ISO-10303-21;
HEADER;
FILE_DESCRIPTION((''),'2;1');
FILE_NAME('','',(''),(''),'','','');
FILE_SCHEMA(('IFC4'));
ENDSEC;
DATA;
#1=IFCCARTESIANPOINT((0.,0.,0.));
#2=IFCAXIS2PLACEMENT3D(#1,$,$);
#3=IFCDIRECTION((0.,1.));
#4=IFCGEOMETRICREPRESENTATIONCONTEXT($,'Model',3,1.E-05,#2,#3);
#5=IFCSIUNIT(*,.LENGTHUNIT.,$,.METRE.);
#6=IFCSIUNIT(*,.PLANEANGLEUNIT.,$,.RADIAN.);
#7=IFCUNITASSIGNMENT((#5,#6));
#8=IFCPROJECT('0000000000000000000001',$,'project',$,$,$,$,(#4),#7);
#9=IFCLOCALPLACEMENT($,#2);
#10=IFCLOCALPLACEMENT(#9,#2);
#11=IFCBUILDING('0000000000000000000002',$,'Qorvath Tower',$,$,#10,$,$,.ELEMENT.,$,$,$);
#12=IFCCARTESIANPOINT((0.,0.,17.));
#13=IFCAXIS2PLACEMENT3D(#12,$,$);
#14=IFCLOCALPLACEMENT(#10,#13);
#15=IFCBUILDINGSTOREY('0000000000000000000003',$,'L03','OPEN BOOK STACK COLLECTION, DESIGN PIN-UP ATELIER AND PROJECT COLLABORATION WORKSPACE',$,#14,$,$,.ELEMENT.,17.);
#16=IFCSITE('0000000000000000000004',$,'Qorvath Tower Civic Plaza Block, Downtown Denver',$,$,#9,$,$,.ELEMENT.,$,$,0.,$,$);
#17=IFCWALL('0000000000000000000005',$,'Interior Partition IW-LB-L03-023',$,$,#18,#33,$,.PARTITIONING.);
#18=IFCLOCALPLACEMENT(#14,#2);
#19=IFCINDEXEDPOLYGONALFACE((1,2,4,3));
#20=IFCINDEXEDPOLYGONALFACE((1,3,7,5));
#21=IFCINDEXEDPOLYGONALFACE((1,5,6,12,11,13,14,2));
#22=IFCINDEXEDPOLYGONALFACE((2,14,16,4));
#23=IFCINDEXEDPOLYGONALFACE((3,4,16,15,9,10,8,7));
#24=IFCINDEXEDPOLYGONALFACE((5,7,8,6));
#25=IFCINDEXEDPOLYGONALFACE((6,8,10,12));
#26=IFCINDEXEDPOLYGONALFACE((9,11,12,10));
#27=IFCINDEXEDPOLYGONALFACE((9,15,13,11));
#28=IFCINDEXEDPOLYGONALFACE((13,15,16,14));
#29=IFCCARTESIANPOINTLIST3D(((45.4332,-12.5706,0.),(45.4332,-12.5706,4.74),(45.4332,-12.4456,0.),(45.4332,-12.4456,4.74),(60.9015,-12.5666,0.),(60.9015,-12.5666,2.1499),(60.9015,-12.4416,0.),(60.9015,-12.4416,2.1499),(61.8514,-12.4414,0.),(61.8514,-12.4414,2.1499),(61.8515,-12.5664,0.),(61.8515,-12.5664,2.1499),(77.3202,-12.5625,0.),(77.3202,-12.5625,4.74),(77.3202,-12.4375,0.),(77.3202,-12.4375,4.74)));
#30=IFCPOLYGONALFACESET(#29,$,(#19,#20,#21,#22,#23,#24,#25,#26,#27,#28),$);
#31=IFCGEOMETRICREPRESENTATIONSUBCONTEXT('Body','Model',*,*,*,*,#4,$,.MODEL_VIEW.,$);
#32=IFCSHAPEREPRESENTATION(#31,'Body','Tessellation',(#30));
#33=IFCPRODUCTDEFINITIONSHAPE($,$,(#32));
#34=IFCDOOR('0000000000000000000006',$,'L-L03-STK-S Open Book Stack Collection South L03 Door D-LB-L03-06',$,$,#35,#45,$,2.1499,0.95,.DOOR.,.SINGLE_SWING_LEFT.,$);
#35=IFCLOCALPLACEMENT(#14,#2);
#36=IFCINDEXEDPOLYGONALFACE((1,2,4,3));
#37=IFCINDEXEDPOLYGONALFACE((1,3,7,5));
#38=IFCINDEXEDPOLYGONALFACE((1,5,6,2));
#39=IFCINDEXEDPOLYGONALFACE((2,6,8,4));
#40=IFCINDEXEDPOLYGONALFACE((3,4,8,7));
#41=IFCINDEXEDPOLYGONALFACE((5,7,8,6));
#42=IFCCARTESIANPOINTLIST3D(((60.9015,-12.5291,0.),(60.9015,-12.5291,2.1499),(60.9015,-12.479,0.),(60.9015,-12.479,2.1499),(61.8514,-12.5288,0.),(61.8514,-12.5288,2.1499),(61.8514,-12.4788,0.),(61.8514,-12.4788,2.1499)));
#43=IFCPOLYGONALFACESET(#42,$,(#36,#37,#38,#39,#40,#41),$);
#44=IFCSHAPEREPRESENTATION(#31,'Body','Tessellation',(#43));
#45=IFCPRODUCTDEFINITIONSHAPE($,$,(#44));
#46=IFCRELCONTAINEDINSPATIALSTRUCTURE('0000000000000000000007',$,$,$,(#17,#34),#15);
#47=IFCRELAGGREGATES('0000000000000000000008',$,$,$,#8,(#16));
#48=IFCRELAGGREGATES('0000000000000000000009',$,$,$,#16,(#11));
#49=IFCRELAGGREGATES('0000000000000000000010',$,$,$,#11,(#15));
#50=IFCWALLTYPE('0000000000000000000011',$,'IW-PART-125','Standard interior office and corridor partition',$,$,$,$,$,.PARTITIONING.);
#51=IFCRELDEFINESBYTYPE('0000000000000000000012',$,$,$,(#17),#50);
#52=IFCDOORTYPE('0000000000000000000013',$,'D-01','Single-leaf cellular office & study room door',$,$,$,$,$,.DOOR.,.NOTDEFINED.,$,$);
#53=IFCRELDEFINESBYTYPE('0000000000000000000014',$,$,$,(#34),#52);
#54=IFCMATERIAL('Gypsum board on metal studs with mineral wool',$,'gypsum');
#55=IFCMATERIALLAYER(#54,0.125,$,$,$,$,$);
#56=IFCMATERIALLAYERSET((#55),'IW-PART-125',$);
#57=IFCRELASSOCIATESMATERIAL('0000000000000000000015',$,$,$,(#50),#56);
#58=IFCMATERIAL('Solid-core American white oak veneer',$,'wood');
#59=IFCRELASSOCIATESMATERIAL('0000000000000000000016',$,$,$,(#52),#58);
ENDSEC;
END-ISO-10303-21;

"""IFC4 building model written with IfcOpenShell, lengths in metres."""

from ifc_helpers import new_model, si_unit, direction, frame, frame_2d, origin, place, context, subcontext, project, spatial, rectangle, extrude, material, layer, layer_set, type_object, element, fill, save


model = new_model("IFC4")

# Units and contexts
model_context = context("Model", 3, precision=1e-05, world=origin(), true_north=direction((0.0, 1.0)))
body_context = subcontext(model_context, "Body", "Model", "MODEL_VIEW")
ifc_project = project(units=[si_unit("LENGTHUNIT", "METRE"), si_unit("PLANEANGLEUNIT", "RADIAN")], contexts=[model_context])

# Site, building, storey
site_placement = place(None, origin())
site = spatial("IfcSite", under=ifc_project, at=site_placement, Name="Qorvath Tower Civic Plaza Block, Downtown Denver", CompositionType="ELEMENT", RefElevation=0.0)
building_placement = place(site_placement, origin())
building = spatial("IfcBuilding", under=site, at=building_placement, Name="Qorvath Tower", CompositionType="ELEMENT")
storey_placement = place(building_placement, frame((0.0, 0.0, 17.0)))
storey = spatial("IfcBuildingStorey", under=building, at=storey_placement, Name="L03", Description="OPEN BOOK STACK COLLECTION, DESIGN PIN-UP ATELIER AND PROJECT COLLABORATION WORKSPACE", CompositionType="ELEMENT", Elevation=17.0)

# Wall, opening, door
ifc_material_1 = material(Name="Gypsum board on metal studs with mineral wool", Category="gypsum")
ifc_layer_1 = layer(ifc_material_1, 0.125)
ifc_layer_set_1 = layer_set([ifc_layer_1], Name="IW-PART-125")
wall_type = type_object("IfcWallType", Name="IW-PART-125", Description="Standard interior office and corridor partition", PredefinedType="PARTITIONING", material=ifc_layer_set_1)
wall_placement = place(storey_placement, frame((77.3201, -12.5, 0.0), z_axis=(0.0, 0.0, 1.0), x_axis=(-1.0, -0.000253, 0.0)))
wall = element("IfcWall", 1, at=wall_placement, inside=storey, type_object=wall_type, Name="Interior Partition IW-LB-L03-023", PredefinedType="PARTITIONING", context=body_context, shape_type="SweptSolid", body=[
    extrude(rectangle(XDim=31.887, YDim=0.125, at=frame_2d((15.9434, 0.0))), origin(), (0.0, 0.0, 1.0), 4.74),
])
opening_placement = place(wall_placement, frame((15.4685, 0.0, 0.0)))
opening = element("IfcOpeningElement", 2, at=opening_placement, cuts=wall, PredefinedType="OPENING", context=body_context, shape_type="SweptSolid", body=[
    extrude(rectangle(XDim=0.95, YDim=2.1499, at=frame_2d((0.4751, 1.075))), frame((0.0, 0.0725, 0.0), z_axis=(0.0, -1.0, 0.0), x_axis=(1.0, 0.0, 0.0)), (0.0, 0.0, 1.0), 0.145),
])
ifc_material_2 = material(Name="Solid-core American white oak veneer", Category="wood")
door_type = type_object("IfcDoorType", Name="D-01", Description="Single-leaf cellular office & study room door", OperationType="NOTDEFINED", PredefinedType="DOOR", material=ifc_material_2)
door_placement = place(opening_placement, origin())
door = element("IfcDoor", 3, at=door_placement, inside=storey, type_object=door_type, Name="L-L03-STK-S Open Book Stack Collection South L03 Door D-LB-L03-06", OperationType="SINGLE_SWING_LEFT", OverallHeight=2.1499, OverallWidth=0.95, PredefinedType="DOOR", context=body_context, shape_type="SweptSolid", body=[
    extrude(rectangle(XDim=0.95, YDim=2.1499, at=frame_2d((0.4751, 1.075))), frame((0.0, 0.0249, 0.0), z_axis=(0.0, -1.0, 0.0), x_axis=(1.0, 0.0, 0.0)), (0.0, 0.0, 1.0), 0.05),
])
fill(opening, door)

save(model, "model.ifc")
